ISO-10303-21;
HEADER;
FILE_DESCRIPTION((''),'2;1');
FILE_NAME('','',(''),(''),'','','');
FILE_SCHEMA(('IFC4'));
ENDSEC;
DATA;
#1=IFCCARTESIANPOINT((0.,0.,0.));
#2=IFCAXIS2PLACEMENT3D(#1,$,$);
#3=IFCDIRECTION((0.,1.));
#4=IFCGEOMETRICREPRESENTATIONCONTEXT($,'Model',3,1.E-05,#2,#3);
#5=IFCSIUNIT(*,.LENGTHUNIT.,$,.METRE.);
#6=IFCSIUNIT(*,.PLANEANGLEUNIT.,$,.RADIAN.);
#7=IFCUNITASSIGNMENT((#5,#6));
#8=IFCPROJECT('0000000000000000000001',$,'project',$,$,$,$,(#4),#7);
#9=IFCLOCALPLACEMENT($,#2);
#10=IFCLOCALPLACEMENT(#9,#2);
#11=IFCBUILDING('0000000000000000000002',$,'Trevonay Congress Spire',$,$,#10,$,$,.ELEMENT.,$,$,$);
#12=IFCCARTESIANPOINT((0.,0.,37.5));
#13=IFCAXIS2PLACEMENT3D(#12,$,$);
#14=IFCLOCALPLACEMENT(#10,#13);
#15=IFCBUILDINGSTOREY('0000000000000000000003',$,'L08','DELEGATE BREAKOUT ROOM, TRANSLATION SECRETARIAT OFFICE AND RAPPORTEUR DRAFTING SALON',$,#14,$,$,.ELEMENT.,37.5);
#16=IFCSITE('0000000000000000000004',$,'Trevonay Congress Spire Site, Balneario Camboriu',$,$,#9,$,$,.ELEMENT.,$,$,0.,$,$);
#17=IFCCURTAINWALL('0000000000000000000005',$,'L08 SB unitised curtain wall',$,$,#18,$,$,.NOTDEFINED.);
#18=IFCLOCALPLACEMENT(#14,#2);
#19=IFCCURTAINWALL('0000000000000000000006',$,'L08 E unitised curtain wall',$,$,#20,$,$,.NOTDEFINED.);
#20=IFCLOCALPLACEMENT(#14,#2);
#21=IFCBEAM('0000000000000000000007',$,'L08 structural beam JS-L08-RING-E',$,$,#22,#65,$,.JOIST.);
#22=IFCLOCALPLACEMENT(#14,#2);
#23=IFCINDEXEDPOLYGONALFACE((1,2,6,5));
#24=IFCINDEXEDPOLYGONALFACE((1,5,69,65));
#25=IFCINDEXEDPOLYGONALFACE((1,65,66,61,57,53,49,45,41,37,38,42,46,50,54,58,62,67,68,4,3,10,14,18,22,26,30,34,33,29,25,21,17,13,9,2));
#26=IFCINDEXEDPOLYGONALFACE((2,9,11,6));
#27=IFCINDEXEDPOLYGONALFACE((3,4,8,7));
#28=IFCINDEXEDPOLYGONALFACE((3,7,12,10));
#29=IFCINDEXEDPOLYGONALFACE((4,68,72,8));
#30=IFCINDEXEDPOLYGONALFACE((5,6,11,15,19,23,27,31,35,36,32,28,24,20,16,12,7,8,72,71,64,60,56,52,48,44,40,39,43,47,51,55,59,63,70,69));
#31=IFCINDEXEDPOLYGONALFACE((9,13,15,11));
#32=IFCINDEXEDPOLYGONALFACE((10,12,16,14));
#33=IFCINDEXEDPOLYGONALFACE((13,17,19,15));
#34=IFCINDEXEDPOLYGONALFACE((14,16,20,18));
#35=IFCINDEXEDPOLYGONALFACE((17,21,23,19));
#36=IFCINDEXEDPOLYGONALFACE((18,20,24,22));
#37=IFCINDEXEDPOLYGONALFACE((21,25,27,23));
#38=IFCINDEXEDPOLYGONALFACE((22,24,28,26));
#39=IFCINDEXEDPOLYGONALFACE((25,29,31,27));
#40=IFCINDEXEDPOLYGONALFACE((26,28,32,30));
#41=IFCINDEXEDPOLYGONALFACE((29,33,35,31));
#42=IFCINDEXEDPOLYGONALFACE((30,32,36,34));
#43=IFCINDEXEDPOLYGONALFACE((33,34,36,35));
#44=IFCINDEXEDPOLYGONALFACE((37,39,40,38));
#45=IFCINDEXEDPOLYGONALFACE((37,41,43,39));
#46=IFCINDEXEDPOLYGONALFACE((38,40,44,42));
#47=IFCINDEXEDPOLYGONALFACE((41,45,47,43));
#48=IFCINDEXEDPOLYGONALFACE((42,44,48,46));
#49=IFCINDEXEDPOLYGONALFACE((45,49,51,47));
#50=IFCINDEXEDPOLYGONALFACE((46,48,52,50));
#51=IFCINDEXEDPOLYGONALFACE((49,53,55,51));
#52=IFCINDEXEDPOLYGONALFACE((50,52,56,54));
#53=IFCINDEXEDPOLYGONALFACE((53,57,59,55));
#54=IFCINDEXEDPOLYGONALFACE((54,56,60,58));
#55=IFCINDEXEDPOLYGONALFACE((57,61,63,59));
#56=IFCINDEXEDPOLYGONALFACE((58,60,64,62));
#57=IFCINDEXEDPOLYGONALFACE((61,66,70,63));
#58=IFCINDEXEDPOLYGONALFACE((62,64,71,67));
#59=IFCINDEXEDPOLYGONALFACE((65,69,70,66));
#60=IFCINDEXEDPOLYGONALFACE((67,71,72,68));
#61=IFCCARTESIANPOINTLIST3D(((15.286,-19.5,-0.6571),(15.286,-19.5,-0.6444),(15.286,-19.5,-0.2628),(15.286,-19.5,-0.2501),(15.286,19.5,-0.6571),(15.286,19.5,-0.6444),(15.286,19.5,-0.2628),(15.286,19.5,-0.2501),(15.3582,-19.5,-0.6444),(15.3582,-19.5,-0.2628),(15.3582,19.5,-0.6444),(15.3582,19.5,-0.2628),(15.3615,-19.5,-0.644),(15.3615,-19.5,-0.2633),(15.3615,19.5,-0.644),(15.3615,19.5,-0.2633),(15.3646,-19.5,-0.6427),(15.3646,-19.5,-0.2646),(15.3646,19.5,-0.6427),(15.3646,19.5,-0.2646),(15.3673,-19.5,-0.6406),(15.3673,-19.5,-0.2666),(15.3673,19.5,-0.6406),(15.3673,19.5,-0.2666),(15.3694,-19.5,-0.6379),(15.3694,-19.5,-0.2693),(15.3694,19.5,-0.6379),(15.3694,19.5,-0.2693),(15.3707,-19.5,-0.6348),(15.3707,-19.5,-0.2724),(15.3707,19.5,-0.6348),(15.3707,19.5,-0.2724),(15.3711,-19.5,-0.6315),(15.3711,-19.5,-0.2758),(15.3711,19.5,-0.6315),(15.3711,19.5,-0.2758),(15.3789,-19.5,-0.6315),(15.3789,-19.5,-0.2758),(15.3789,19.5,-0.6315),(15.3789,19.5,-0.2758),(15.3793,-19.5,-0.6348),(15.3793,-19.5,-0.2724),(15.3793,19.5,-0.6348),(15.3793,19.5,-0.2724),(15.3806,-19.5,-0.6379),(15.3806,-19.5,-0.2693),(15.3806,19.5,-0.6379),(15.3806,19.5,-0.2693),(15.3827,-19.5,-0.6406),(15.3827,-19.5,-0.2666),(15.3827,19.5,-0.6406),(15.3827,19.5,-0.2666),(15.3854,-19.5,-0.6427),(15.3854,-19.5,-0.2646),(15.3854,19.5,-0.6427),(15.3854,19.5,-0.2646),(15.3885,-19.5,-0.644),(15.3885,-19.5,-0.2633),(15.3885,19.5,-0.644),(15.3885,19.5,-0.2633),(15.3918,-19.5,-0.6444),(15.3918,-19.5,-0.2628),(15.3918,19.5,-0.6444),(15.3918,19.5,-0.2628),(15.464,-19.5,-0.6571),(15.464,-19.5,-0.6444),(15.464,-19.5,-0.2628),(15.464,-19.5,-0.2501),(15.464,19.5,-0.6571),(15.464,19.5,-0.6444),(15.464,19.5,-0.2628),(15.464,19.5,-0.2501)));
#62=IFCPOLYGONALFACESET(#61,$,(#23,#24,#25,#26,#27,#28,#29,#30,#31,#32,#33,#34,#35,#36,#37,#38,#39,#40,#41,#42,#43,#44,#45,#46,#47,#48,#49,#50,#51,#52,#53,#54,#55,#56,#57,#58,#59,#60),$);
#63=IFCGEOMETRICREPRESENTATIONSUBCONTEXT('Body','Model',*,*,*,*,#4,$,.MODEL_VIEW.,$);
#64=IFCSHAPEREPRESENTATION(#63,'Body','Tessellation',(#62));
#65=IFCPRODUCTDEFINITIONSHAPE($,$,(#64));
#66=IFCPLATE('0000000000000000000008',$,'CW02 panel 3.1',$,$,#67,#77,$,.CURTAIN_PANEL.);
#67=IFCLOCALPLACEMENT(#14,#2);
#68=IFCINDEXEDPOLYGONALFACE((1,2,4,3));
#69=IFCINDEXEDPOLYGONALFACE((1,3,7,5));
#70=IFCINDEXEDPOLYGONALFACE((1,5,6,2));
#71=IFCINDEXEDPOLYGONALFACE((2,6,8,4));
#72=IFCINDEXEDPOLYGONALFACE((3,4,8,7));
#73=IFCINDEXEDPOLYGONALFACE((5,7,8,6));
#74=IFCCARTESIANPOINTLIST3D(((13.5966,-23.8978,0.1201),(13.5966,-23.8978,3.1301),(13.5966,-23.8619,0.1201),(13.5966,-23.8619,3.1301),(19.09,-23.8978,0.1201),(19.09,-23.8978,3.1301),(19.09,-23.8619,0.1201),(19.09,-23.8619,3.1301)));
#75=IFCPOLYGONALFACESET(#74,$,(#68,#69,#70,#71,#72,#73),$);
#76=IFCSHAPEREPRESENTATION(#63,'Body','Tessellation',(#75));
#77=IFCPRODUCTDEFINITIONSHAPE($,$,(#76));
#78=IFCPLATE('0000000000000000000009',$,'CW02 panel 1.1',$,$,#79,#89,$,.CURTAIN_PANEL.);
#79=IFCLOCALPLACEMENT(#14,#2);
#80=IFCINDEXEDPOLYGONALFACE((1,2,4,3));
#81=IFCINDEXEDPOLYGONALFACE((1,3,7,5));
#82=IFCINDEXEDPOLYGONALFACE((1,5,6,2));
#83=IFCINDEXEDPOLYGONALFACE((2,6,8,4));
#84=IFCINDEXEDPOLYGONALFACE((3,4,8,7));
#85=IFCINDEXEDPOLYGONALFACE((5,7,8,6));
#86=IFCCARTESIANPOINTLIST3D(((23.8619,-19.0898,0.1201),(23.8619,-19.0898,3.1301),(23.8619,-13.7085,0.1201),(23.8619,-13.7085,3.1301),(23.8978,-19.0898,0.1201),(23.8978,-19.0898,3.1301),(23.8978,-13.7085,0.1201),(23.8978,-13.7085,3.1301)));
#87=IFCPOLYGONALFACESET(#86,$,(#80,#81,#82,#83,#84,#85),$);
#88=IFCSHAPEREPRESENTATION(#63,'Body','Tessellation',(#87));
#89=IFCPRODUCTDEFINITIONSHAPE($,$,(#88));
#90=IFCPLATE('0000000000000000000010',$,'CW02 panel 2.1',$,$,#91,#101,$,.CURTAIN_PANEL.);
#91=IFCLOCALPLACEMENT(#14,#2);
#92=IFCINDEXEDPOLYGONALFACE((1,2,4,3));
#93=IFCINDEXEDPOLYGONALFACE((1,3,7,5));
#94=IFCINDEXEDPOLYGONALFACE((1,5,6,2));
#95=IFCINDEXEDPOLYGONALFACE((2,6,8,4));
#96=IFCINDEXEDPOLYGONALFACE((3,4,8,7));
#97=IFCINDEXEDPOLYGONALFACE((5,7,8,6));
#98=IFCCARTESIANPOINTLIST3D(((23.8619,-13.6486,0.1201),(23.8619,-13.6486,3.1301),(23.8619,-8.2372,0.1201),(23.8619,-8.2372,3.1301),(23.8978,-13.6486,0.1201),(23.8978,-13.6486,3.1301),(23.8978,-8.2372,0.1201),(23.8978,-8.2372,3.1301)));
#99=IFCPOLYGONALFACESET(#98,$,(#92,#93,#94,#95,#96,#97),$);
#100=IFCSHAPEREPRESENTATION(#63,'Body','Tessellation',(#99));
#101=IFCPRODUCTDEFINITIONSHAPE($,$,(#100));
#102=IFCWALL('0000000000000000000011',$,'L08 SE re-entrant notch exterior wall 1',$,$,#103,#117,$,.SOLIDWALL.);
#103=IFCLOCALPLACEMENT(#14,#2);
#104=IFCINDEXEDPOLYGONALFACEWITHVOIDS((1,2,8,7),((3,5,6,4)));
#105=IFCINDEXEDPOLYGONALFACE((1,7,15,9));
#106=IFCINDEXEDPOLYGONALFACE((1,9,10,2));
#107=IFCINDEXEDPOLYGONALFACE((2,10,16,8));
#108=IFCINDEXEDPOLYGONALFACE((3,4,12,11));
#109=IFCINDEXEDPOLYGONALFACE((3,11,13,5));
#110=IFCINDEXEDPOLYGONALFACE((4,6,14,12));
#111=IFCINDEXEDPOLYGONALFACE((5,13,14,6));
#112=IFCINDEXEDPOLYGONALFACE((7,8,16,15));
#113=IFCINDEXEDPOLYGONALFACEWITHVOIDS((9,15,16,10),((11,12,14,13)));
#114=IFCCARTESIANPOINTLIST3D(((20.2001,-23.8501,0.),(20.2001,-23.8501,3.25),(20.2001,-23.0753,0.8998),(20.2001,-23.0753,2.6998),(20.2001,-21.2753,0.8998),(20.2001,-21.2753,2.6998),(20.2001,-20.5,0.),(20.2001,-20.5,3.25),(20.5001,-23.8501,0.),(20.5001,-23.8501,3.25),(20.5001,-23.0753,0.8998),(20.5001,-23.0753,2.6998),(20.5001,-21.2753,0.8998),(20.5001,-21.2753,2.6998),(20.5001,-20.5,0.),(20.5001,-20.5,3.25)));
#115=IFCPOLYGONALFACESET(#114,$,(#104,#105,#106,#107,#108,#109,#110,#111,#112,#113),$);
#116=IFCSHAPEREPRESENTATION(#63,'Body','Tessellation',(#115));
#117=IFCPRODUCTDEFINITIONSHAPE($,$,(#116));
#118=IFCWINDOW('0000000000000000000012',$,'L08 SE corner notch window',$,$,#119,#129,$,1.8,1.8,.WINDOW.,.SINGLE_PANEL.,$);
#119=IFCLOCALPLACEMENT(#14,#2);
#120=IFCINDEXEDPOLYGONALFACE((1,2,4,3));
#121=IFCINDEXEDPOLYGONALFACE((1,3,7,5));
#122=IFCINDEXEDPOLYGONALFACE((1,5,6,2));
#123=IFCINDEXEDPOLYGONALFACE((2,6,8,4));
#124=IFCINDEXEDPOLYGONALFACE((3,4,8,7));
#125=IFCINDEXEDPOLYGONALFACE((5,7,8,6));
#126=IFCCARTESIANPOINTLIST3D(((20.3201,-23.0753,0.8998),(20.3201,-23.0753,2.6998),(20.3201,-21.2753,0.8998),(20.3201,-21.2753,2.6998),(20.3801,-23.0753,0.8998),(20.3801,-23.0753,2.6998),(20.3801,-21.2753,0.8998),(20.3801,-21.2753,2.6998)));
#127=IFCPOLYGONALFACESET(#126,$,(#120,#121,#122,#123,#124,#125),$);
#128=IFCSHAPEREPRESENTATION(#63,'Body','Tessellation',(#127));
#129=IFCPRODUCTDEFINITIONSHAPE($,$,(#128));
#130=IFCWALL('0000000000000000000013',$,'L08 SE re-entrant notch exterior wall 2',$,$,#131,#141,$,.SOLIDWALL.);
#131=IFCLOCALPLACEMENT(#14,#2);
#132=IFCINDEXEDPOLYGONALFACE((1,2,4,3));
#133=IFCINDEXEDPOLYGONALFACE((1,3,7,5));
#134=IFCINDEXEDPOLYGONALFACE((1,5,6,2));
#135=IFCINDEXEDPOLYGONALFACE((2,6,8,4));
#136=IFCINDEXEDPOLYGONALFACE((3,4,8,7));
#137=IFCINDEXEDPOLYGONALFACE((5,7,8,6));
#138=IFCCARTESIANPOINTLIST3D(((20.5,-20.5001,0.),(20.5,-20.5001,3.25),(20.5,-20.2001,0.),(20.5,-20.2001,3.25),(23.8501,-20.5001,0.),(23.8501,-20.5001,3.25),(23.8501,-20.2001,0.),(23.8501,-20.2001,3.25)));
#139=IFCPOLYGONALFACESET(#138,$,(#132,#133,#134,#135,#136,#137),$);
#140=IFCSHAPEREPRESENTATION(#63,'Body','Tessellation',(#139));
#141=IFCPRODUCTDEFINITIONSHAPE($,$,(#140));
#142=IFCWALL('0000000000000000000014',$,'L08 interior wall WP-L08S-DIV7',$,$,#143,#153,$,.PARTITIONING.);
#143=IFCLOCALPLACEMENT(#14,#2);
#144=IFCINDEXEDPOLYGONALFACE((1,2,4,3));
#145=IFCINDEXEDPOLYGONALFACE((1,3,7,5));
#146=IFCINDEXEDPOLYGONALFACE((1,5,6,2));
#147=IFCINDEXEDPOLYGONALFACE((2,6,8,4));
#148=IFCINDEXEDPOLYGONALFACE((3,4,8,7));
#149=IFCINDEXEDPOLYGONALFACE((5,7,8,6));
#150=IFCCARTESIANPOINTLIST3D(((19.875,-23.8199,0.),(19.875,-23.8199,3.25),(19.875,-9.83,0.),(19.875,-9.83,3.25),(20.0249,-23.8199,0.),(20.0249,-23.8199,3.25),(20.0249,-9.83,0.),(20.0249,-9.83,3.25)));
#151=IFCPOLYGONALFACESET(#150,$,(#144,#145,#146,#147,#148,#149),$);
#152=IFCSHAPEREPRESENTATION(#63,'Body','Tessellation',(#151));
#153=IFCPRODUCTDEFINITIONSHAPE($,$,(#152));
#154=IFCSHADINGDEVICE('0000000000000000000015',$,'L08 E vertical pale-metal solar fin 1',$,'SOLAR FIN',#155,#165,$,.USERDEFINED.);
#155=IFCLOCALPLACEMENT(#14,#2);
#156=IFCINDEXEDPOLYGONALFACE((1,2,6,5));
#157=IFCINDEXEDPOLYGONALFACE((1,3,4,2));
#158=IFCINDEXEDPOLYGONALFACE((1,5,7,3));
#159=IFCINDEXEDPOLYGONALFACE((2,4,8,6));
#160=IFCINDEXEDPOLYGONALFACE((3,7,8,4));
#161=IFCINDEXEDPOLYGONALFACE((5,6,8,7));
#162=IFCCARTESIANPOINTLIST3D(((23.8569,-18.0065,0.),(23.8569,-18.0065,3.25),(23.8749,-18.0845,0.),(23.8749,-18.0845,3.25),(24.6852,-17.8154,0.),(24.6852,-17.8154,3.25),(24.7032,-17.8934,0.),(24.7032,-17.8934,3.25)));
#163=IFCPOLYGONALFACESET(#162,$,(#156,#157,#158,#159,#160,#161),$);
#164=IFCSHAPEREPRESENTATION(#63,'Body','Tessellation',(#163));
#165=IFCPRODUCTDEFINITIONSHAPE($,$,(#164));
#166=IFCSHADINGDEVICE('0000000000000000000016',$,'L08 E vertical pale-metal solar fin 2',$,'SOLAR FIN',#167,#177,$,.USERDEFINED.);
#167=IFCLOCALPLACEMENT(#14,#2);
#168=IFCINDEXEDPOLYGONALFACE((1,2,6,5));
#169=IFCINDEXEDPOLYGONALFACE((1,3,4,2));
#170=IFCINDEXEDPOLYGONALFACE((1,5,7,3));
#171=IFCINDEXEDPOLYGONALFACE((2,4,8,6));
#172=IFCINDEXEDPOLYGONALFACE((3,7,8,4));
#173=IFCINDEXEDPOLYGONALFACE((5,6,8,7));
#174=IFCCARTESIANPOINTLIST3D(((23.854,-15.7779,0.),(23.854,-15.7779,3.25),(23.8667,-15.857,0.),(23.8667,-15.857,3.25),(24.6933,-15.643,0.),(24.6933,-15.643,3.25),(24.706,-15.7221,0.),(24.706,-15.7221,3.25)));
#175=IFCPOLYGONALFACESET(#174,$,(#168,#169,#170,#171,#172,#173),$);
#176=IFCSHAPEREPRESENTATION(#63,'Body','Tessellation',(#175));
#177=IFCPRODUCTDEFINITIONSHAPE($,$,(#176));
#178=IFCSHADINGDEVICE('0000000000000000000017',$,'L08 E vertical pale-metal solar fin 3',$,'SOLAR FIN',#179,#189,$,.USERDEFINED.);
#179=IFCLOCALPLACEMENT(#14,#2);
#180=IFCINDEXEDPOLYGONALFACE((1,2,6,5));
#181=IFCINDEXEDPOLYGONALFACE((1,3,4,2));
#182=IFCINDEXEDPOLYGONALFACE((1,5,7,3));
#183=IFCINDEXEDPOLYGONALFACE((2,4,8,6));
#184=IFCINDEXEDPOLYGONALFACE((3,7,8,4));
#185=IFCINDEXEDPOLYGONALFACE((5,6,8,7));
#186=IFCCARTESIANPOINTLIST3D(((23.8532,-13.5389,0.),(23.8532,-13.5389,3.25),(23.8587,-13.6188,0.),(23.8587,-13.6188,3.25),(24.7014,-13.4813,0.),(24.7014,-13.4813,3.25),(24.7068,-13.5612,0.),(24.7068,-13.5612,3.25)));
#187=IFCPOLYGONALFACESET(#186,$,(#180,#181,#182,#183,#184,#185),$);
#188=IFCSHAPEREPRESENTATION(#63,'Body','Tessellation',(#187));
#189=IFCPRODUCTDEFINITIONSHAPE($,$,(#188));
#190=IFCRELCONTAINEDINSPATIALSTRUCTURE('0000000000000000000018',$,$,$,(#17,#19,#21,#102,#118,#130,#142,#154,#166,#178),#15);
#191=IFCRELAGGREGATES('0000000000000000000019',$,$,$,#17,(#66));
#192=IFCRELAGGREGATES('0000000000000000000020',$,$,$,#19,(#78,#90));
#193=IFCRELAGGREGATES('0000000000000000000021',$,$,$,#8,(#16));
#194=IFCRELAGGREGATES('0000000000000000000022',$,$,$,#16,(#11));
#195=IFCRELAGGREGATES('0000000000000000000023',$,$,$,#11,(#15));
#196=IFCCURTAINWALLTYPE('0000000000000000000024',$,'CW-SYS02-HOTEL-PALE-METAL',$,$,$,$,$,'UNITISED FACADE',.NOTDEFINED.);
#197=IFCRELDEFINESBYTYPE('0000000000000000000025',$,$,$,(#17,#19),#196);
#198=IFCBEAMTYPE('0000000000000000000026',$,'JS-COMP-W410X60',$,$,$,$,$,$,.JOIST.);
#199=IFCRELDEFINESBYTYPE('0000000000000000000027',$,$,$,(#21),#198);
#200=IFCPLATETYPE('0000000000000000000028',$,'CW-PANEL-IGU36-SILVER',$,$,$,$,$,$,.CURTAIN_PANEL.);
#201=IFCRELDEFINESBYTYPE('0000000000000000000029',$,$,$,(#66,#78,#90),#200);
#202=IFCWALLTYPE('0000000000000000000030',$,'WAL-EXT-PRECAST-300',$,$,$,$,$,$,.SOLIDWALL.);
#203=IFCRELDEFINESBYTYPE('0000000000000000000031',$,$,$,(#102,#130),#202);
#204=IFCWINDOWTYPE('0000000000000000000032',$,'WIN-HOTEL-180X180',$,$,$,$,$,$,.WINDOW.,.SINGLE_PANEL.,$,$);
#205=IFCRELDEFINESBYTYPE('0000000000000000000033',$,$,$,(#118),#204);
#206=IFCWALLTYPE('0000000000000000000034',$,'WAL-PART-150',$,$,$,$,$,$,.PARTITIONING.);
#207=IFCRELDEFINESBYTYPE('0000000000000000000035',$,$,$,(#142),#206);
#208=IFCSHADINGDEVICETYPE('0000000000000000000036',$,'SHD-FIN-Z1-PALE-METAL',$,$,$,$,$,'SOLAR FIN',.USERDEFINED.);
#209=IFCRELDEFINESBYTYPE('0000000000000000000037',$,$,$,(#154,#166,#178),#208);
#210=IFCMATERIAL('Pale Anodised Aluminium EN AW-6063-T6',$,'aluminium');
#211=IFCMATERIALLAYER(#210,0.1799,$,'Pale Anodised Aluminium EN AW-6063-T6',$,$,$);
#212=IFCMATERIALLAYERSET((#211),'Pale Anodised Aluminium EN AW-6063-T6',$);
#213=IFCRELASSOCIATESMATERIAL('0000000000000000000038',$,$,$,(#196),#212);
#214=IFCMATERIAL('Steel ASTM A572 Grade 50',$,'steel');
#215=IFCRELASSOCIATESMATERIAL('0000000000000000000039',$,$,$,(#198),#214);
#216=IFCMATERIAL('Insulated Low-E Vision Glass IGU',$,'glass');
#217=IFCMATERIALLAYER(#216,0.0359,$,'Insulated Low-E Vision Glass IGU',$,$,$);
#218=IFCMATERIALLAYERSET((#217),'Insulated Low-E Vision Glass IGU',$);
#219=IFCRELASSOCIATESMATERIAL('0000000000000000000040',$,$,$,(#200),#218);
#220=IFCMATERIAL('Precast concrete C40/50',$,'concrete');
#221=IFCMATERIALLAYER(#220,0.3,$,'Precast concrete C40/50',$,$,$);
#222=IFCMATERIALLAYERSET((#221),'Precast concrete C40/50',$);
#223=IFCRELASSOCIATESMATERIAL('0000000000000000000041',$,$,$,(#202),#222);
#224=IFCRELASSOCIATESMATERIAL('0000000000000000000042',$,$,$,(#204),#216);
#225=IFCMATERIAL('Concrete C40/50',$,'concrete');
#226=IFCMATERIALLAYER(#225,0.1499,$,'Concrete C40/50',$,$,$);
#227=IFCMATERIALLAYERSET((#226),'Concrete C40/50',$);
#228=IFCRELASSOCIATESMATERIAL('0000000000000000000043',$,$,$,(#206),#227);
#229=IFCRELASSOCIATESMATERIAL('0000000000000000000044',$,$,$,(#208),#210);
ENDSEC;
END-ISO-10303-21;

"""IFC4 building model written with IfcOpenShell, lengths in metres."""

from ifc_helpers import new_model, si_unit, direction, frame, frame_2d, origin, origin_2d, place, context, subcontext, project, spatial, rectangle, i_section, extrude, material, layer, layer_set, material_profile, profile_set, type_object, element, fill, aggregate, save


model = new_model("IFC4")

# Units and contexts
model_context = context("Model", 3, precision=1e-05, world=origin(), true_north=direction((0.0, 1.0)))
body_context = subcontext(model_context, "Body", "Model", "MODEL_VIEW")
ifc_project = project(units=[si_unit("LENGTHUNIT", "METRE"), si_unit("PLANEANGLEUNIT", "RADIAN")], contexts=[model_context])

# Site, building, storey
site_placement = place(None, origin())
site = spatial("IfcSite", under=ifc_project, at=site_placement, Name="Trevonay Congress Spire Site, Balneario Camboriu", CompositionType="ELEMENT", RefElevation=0.0)
building_placement = place(site_placement, origin())
building = spatial("IfcBuilding", under=site, at=building_placement, Name="Trevonay Congress Spire", CompositionType="ELEMENT")
storey_placement = place(building_placement, frame((0.0, 0.0, 37.5)))
storey = spatial("IfcBuildingStorey", under=building, at=storey_placement, Name="L08", Description="DELEGATE BREAKOUT ROOM, TRANSLATION SECRETARIAT OFFICE AND RAPPORTEUR DRAFTING SALON", CompositionType="ELEMENT", Elevation=37.5)

# Shared definitions
ifc_material_1 = material(Name="Steel ASTM A572 Grade 50", Category="steel")

# Curtain wall
ifc_material_2 = material(Name="Pale Anodised Aluminium EN AW-6063-T6", Category="aluminium")
ifc_layer_1 = layer(ifc_material_2, 0.1799, Name="Pale Anodised Aluminium EN AW-6063-T6")
ifc_layer_set_1 = layer_set([ifc_layer_1], Name="Pale Anodised Aluminium EN AW-6063-T6")
curtain_wall_type = type_object("IfcCurtainWallType", Name="CW-SYS02-HOTEL-PALE-METAL", ElementType="UNITISED FACADE", PredefinedType="NOTDEFINED", material=ifc_layer_set_1)
curtain_wall_1_placement = place(storey_placement, origin())
curtain_wall_1 = element("IfcCurtainWall", 1, at=curtain_wall_1_placement, inside=storey, type_object=curtain_wall_type, Name="L08 SB unitised curtain wall", PredefinedType="NOTDEFINED")

# Curtain wall
curtain_wall_2_placement = place(storey_placement, origin())
curtain_wall_2 = element("IfcCurtainWall", 2, at=curtain_wall_2_placement, inside=storey, type_object=curtain_wall_type, Name="L08 E unitised curtain wall", PredefinedType="NOTDEFINED")

# Beam
ifc_material_profile_1 = material_profile(ifc_material_1, i_section(OverallWidth=0.178, OverallDepth=0.407, WebThickness=0.0078, FlangeThickness=0.0127, FilletRadius=0.0129, at=origin_2d()), Name="W410x60")
ifc_profile_set_1 = profile_set([ifc_material_profile_1], Name="Steel ASTM A572 Grade 50")
beam_type_1 = type_object("IfcBeamType", Name="JS-COMP-W410X60", PredefinedType="JOIST", material=ifc_profile_set_1)
beam_1_placement = place(storey_placement, frame((15.375, -19.5, -0.4536), z_axis=(0.0, 1.0, 0.0), x_axis=(-1.0, 0.0, 0.0)))
element("IfcBeam", 3, at=beam_1_placement, inside=storey, type_object=beam_type_1, Name="L08 structural beam JS-L08-RING-E", PredefinedType="JOIST", context=body_context, shape_type="SweptSolid", body=[
    extrude(i_section(OverallWidth=0.178, OverallDepth=0.407, WebThickness=0.0078, FlangeThickness=0.0127, FilletRadius=0.0129, at=origin_2d()), origin(), (0.0, 0.0, 1.0), 39.0),
])

# Plates
ifc_material_3 = material(Name="Insulated Low-E Vision Glass IGU", Category="glass")
ifc_layer_2 = layer(ifc_material_3, 0.0359, Name="Insulated Low-E Vision Glass IGU")
ifc_layer_set_2 = layer_set([ifc_layer_2], Name="Insulated Low-E Vision Glass IGU")
plate_type = type_object("IfcPlateType", Name="CW-PANEL-IGU36-SILVER", PredefinedType="CURTAIN_PANEL", material=ifc_layer_set_2)
plate_1_placement = place(storey_placement, frame((16.3433, -23.8799, 0.1201), z_axis=(0.0, 0.0, 1.0), x_axis=(1.0, 0.0, 0.0)))
plate_1 = element("IfcPlate", 4, at=plate_1_placement, type_object=plate_type, Name="CW02 panel 3.1", PredefinedType="CURTAIN_PANEL", context=body_context, shape_type="SweptSolid", body=[
    extrude(rectangle(XDim=5.4934, YDim=0.0359, at=origin_2d()), origin(), (0.0, 0.0, 1.0), 3.01),
])
aggregate(curtain_wall_1, [plate_1])
plate_2_placement = place(storey_placement, frame((23.8799, -16.3992, 0.1201), z_axis=(0.0, 0.0, 1.0), x_axis=(0.0, 1.0, 0.0)))
plate_2 = element("IfcPlate", 5, at=plate_2_placement, type_object=plate_type, Name="CW02 panel 1.1", PredefinedType="CURTAIN_PANEL", context=body_context, shape_type="SweptSolid", body=[
    extrude(rectangle(XDim=5.3813, YDim=0.0359, at=origin_2d()), origin(), (0.0, 0.0, 1.0), 3.01),
])
plate_3_placement = place(storey_placement, frame((23.8799, -10.9429, 0.1201), z_axis=(0.0, 0.0, 1.0), x_axis=(0.0, 1.0, 0.0)))
plate_3 = element("IfcPlate", 6, at=plate_3_placement, type_object=plate_type, Name="CW02 panel 2.1", PredefinedType="CURTAIN_PANEL", context=body_context, shape_type="SweptSolid", body=[
    extrude(rectangle(XDim=5.4114, YDim=0.0359, at=origin_2d()), origin(), (0.0, 0.0, 1.0), 3.01),
])
aggregate(curtain_wall_2, [plate_2, plate_3])

# Wall, opening, window
ifc_material_4 = material(Name="Precast concrete C40/50", Category="concrete")
ifc_layer_3 = layer(ifc_material_4, 0.3, Name="Precast concrete C40/50")
ifc_layer_set_3 = layer_set([ifc_layer_3], Name="Precast concrete C40/50")
wall_type_1 = type_object("IfcWallType", Name="WAL-EXT-PRECAST-300", PredefinedType="SOLIDWALL", material=ifc_layer_set_3)
wall_1_placement = place(storey_placement, frame((20.3501, -23.8501, 0.0), z_axis=(0.0, 0.0, 1.0), x_axis=(0.0, 1.0, 0.0)))
wall_1 = element("IfcWall", 7, at=wall_1_placement, inside=storey, type_object=wall_type_1, Name="L08 SE re-entrant notch exterior wall 1", PredefinedType="SOLIDWALL", context=body_context, shape_type="SweptSolid", body=[
    extrude(rectangle(XDim=3.3501, YDim=0.3, at=frame_2d((1.675, 0.0))), origin(), (0.0, 0.0, 1.0), 3.25),
])
opening_placement = place(wall_1_placement, frame((0.7749, 0.0, 0.8999)))
opening = element("IfcOpeningElement", 8, at=opening_placement, cuts=wall_1, PredefinedType="OPENING", context=body_context, shape_type="SweptSolid", body=[
    extrude(rectangle(XDim=1.8, YDim=1.8, at=frame_2d((0.8999, 0.8999))), frame((0.0, 0.1602, 0.0), z_axis=(0.0, -1.0, 0.0), x_axis=(1.0, 0.0, 0.0)), (0.0, 0.0, 1.0), 0.3201),
])
window_type = type_object("IfcWindowType", Name="WIN-HOTEL-180X180", PartitioningType="SINGLE_PANEL", PredefinedType="WINDOW", material=ifc_material_3)
window_placement = place(opening_placement, origin())
window = element("IfcWindow", 9, at=window_placement, inside=storey, type_object=window_type, Name="L08 SE corner notch window", OverallHeight=1.8, OverallWidth=1.8, PartitioningType="SINGLE_PANEL", PredefinedType="WINDOW", context=body_context, shape_type="SweptSolid", body=[
    extrude(rectangle(XDim=1.8, YDim=1.8, at=frame_2d((0.8999, 0.8999))), frame((0.0, 0.03, 0.0), z_axis=(0.0, -1.0, 0.0), x_axis=(1.0, 0.0, 0.0)), (0.0, 0.0, 1.0), 0.0601),
])
fill(opening, window)

# Walls
wall_2_placement = place(storey_placement, frame((23.8501, -20.3501, 0.0), z_axis=(0.0, 0.0, 1.0), x_axis=(-1.0, 0.0, 0.0)))
element("IfcWall", 10, at=wall_2_placement, inside=storey, type_object=wall_type_1, Name="L08 SE re-entrant notch exterior wall 2", PredefinedType="SOLIDWALL", context=body_context, shape_type="SweptSolid", body=[
    extrude(rectangle(XDim=3.3501, YDim=0.3, at=frame_2d((1.675, 0.0))), origin(), (0.0, 0.0, 1.0), 3.25),
])
ifc_material_5 = material(Name="Concrete C40/50", Category="concrete")
ifc_layer_4 = layer(ifc_material_5, 0.1499, Name="Concrete C40/50")
ifc_layer_set_4 = layer_set([ifc_layer_4], Name="Concrete C40/50")
wall_type_2 = type_object("IfcWallType", Name="WAL-PART-150", PredefinedType="PARTITIONING", material=ifc_layer_set_4)
wall_3_placement = place(storey_placement, frame((19.95, -23.8201, 0.0), z_axis=(0.0, 0.0, 1.0), x_axis=(0.0, 1.0, 0.0)))
element("IfcWall", 11, at=wall_3_placement, inside=storey, type_object=wall_type_2, Name="L08 interior wall WP-L08S-DIV7", PredefinedType="PARTITIONING", context=body_context, shape_type="SweptSolid", body=[
    extrude(rectangle(XDim=13.99, YDim=0.1499, at=frame_2d((6.9951, 0.0))), origin(), (0.0, 0.0, 1.0), 3.25),
])

# Shading devices
shading_device_type = type_object("IfcShadingDeviceType", Name="SHD-FIN-Z1-PALE-METAL", ElementType="SOLAR FIN", PredefinedType="USERDEFINED", material=ifc_material_2)
for number, where, z_axis, x_axis, name in (
    (12, (24.28, -17.95, 0.0), (0.0, 0.0, 1.0), (-0.224781, 0.974409, 0.0), "L08 E vertical pale-metal solar fin 1"),
    (13, (24.28, -15.75, 0.0), (0.0, 0.0, 1.0), (-0.158675, 0.987331, 0.0), "L08 E vertical pale-metal solar fin 2"),
    (14, (24.28, -13.55, 0.0), (0.0, 0.0, 1.0), (-0.067667, 0.997708, 0.0), "L08 E vertical pale-metal solar fin 3"),
):
    element("IfcShadingDevice", number, at=place(storey_placement, frame(where, z_axis=z_axis, x_axis=x_axis)), inside=storey, type_object=shading_device_type, Name=name, ObjectType="SOLAR FIN", PredefinedType="USERDEFINED", context=body_context, shape_type="SweptSolid", body=[
        extrude(rectangle(XDim=0.0801, YDim=0.8501, at=origin_2d()), origin(), (0.0, 0.0, 1.0), 3.25),
    ])

save(model, "model.ifc")
